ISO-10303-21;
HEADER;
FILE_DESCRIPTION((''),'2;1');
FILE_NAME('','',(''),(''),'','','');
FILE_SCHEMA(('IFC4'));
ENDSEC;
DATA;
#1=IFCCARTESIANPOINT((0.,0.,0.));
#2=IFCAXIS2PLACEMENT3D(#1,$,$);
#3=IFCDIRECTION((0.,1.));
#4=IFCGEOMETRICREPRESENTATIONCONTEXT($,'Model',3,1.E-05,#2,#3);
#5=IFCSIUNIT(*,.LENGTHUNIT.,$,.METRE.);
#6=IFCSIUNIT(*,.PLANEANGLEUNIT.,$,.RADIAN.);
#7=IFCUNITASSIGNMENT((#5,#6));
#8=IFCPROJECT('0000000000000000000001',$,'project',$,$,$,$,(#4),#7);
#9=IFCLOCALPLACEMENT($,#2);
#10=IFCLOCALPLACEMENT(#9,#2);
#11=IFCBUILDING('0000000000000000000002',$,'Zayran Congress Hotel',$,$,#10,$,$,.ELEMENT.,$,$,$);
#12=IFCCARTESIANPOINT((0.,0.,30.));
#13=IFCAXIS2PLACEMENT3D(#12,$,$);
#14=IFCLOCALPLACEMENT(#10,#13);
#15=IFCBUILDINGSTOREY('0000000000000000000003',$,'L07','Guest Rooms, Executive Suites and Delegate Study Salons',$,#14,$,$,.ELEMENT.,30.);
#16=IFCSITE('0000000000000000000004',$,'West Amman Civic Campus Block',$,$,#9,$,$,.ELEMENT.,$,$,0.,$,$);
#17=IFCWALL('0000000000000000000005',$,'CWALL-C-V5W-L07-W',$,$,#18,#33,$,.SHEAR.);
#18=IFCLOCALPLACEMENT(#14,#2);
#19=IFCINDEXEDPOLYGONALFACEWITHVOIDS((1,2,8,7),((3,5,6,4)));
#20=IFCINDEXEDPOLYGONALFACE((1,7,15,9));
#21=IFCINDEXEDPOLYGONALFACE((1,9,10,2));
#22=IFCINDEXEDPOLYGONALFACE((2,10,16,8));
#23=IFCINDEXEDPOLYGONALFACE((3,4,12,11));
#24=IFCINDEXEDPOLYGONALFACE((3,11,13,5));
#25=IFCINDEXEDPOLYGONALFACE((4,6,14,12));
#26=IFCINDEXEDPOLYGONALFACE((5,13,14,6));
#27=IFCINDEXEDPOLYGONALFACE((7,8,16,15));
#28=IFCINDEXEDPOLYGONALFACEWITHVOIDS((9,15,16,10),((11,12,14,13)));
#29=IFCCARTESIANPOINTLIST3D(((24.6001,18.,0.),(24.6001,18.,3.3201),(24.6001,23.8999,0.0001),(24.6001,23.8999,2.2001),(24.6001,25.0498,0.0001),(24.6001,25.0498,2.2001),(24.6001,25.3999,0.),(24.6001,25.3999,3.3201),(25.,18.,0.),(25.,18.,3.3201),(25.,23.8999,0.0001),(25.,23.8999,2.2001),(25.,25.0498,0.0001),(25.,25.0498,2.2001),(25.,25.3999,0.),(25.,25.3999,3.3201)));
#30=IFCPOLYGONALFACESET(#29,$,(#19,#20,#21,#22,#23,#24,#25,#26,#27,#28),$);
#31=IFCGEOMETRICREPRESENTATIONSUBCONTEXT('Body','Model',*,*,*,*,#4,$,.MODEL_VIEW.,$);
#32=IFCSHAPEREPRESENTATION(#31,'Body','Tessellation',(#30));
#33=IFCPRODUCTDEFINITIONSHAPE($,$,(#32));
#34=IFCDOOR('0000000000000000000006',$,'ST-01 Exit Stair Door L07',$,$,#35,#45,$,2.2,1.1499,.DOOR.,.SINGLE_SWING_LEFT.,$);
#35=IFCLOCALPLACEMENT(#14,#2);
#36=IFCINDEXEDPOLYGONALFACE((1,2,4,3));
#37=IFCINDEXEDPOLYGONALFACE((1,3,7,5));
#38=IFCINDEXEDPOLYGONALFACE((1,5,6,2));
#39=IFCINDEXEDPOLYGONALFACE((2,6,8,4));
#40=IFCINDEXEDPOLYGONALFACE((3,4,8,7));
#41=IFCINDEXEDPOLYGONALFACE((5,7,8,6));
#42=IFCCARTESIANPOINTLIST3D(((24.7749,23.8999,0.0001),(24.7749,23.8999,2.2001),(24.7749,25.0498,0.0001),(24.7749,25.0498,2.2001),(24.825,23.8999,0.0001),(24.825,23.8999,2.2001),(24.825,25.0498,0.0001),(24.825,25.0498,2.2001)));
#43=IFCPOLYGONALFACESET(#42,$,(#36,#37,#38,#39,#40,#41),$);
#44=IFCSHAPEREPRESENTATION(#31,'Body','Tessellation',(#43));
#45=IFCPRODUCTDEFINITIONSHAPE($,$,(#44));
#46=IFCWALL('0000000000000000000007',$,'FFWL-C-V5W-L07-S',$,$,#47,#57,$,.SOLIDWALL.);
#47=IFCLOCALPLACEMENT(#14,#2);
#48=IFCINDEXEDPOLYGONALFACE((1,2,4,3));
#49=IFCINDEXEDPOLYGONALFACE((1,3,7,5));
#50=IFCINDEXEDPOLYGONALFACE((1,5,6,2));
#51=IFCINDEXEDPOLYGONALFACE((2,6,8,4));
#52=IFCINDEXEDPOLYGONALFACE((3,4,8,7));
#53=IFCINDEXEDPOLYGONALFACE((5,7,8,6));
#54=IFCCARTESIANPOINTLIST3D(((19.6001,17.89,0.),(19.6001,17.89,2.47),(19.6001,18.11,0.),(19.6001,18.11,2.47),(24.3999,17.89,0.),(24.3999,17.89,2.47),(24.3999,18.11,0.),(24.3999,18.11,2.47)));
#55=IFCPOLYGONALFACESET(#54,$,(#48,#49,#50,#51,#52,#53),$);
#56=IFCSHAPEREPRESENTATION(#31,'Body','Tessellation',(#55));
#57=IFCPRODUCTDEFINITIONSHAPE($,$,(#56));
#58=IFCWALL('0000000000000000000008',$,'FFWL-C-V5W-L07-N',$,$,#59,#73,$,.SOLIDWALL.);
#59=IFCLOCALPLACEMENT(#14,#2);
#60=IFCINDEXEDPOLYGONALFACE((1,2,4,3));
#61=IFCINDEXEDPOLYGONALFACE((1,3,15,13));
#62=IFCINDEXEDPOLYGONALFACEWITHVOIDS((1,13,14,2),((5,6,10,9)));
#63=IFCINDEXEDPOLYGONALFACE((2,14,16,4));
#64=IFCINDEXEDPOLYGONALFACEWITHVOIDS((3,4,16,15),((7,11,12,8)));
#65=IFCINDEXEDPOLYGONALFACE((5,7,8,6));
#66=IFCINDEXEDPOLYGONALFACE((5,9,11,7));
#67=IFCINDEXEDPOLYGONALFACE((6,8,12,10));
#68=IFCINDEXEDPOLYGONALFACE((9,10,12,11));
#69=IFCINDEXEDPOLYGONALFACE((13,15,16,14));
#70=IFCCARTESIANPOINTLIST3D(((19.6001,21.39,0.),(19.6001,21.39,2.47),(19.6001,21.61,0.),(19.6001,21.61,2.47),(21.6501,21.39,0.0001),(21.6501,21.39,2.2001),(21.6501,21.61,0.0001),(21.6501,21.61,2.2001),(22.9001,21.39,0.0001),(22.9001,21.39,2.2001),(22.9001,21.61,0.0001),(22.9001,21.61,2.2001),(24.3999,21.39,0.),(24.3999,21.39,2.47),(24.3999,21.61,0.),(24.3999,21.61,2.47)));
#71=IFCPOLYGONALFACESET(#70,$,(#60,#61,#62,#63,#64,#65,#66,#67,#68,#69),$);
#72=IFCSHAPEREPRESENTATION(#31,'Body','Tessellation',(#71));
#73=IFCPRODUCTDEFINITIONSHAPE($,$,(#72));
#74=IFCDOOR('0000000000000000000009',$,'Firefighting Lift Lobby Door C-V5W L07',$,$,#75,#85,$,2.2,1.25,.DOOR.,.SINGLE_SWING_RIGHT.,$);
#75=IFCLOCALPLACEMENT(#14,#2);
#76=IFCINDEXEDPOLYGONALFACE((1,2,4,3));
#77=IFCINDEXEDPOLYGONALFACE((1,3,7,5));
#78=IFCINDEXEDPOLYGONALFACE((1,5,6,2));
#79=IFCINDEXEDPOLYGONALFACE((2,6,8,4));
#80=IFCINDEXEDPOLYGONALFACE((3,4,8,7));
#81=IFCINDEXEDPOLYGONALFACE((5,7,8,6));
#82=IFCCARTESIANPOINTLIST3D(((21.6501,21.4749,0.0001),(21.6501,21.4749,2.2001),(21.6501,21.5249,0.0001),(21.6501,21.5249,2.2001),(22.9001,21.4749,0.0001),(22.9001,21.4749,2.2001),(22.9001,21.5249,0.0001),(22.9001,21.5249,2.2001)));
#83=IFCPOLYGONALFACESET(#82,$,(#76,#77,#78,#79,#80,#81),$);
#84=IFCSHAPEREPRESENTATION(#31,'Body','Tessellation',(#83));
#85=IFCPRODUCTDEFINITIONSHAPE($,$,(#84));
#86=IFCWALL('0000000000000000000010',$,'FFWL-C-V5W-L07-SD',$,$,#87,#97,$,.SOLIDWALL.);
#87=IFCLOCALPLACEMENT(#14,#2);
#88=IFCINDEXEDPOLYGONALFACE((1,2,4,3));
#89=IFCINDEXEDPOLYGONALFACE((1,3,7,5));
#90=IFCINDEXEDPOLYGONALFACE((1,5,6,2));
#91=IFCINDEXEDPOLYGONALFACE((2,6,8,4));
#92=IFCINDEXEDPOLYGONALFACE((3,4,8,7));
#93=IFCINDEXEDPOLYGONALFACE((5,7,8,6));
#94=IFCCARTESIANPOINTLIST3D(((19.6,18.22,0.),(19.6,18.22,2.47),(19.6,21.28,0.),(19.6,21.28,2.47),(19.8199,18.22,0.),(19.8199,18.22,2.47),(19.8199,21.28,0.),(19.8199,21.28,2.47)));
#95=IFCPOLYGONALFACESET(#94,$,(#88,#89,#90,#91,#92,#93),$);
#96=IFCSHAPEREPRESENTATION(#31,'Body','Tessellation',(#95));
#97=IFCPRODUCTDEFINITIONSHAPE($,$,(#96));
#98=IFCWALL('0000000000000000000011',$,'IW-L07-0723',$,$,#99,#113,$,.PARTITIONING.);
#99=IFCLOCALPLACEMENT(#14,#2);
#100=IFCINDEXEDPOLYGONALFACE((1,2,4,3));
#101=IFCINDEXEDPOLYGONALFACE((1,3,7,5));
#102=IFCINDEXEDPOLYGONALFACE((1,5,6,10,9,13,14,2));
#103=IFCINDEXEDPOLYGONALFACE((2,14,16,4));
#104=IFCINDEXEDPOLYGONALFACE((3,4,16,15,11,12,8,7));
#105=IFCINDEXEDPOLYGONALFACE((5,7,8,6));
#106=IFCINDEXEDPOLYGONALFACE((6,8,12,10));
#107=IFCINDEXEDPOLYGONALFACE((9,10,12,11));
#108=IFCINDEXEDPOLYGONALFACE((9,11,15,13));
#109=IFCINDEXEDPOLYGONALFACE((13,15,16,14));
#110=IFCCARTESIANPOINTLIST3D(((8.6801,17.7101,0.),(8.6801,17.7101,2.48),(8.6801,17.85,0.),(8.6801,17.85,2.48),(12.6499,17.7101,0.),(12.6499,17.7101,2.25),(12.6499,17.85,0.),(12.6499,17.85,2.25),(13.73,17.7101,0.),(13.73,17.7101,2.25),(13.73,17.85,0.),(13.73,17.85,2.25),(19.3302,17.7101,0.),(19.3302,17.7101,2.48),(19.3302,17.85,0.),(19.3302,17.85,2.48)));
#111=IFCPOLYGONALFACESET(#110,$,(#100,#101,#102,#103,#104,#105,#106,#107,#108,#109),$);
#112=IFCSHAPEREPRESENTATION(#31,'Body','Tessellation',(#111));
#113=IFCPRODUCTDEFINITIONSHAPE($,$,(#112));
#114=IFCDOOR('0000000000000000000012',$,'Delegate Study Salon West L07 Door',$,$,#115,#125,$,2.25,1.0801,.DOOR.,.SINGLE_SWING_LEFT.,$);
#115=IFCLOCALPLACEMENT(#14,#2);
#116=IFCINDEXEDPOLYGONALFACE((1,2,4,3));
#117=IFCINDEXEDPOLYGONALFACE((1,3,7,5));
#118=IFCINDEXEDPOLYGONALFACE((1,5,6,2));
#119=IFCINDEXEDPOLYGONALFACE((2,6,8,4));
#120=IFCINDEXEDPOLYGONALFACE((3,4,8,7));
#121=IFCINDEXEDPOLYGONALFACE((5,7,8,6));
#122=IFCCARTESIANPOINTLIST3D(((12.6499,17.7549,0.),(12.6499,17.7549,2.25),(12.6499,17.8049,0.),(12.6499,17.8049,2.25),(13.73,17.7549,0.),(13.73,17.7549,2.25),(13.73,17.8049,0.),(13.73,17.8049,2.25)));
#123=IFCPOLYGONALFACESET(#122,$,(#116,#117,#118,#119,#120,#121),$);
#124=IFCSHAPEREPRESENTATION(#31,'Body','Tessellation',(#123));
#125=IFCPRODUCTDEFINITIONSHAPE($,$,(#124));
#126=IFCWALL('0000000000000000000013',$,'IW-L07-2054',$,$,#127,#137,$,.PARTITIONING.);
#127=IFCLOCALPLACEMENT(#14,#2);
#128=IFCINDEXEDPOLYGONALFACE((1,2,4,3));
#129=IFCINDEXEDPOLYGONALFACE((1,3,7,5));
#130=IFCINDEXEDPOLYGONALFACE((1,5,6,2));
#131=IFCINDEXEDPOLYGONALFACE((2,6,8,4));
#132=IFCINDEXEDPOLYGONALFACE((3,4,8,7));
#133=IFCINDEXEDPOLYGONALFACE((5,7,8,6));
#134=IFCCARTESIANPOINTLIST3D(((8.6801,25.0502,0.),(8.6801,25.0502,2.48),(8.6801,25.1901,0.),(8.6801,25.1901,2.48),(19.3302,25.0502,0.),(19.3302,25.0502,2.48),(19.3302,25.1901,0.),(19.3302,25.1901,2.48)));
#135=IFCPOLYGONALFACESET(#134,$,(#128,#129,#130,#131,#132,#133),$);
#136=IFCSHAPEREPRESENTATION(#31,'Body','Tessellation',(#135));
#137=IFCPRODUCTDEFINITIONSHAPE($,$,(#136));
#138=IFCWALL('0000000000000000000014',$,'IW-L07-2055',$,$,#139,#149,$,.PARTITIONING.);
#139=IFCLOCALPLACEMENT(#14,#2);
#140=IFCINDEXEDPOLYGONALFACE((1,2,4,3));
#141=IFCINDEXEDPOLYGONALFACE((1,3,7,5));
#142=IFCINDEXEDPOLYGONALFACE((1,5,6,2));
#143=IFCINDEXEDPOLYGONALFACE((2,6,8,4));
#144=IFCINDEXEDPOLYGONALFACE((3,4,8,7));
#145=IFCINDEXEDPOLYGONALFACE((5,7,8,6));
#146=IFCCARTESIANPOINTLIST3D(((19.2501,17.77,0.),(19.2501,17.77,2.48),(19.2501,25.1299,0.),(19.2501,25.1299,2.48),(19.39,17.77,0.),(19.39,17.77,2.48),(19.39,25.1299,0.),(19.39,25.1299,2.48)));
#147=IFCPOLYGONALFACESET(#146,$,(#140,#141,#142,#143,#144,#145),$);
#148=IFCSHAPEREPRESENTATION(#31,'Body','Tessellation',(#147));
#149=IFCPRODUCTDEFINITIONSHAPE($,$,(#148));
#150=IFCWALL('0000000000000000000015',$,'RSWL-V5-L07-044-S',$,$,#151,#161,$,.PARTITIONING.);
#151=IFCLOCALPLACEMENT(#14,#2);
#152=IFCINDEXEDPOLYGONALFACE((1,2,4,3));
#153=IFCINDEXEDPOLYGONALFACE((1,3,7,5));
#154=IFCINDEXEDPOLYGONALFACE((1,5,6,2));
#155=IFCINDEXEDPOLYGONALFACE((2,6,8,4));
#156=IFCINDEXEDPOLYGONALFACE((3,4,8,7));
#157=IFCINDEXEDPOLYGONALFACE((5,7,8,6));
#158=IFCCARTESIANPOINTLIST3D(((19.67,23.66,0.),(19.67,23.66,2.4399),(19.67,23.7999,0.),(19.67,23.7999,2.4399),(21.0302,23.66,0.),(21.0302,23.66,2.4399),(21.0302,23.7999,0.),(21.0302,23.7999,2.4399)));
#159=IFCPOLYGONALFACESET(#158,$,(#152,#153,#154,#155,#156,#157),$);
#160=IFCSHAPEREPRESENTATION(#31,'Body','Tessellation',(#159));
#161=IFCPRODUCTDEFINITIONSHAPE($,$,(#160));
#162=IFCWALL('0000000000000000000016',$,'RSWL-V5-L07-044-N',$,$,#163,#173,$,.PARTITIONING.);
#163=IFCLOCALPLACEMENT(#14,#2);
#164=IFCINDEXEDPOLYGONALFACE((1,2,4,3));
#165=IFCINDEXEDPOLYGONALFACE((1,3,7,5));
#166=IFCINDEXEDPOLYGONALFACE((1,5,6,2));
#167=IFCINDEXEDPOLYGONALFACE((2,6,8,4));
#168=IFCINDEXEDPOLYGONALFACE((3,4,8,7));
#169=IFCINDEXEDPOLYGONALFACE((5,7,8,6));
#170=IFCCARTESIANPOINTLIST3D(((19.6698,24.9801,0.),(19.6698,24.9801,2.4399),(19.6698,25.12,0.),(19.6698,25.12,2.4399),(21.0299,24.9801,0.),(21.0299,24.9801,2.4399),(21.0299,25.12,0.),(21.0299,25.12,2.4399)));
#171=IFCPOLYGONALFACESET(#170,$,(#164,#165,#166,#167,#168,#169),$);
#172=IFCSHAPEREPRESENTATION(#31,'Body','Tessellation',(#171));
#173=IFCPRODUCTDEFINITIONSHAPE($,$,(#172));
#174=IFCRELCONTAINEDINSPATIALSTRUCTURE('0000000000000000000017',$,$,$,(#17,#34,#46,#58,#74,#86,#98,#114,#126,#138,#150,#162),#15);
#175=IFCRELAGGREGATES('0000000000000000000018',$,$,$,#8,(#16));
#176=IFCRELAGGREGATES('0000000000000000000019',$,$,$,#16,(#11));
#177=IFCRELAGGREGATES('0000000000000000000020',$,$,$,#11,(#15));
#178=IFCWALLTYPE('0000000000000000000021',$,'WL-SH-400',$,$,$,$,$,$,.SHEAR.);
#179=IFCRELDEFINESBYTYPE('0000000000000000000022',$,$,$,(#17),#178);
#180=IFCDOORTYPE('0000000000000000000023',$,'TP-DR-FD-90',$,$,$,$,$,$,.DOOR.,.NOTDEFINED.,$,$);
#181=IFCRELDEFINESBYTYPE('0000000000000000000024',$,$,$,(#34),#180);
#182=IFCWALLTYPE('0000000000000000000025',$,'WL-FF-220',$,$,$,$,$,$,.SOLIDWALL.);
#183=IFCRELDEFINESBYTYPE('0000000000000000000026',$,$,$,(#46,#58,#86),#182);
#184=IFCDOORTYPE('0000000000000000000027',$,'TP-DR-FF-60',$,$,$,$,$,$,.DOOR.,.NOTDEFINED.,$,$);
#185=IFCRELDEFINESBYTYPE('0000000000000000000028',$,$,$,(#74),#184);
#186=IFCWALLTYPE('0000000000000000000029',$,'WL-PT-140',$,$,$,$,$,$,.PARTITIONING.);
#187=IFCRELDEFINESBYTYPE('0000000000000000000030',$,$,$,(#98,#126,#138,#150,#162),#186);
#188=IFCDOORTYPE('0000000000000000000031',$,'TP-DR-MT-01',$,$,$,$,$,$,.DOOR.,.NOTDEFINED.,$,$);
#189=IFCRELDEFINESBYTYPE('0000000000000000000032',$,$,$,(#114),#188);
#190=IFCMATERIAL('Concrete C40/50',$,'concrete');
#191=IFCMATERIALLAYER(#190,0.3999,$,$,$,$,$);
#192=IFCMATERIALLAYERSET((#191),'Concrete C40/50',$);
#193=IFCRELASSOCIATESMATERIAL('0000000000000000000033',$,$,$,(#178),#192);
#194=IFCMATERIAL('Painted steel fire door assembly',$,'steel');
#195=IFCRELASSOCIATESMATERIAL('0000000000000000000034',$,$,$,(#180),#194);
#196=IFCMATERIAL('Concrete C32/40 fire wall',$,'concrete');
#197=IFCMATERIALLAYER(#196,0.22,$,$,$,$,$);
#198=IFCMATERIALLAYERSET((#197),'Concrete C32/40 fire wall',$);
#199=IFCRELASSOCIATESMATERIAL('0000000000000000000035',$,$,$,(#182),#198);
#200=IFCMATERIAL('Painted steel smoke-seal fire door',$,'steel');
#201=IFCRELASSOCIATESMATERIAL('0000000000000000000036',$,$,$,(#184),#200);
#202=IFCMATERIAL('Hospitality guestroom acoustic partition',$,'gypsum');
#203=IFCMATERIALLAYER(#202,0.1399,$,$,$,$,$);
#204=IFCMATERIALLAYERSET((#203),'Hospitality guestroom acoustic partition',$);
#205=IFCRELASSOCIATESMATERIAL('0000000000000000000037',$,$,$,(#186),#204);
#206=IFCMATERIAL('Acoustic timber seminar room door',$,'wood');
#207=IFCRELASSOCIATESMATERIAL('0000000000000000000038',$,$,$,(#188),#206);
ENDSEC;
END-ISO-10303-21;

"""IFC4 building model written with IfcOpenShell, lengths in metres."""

from ifc_helpers import new_model, si_unit, direction, frame, frame_2d, origin, place, context, subcontext, project, spatial, rectangle, extrude, material, layer, layer_set, type_object, element, fill, save


model = new_model("IFC4")

# Units and contexts
model_context = context("Model", 3, precision=1e-05, world=origin(), true_north=direction((0.0, 1.0)))
body_context = subcontext(model_context, "Body", "Model", "MODEL_VIEW")
ifc_project = project(units=[si_unit("LENGTHUNIT", "METRE"), si_unit("PLANEANGLEUNIT", "RADIAN")], contexts=[model_context])

# Site, building, storey
site_placement = place(None, origin())
site = spatial("IfcSite", under=ifc_project, at=site_placement, Name="West Amman Civic Campus Block", CompositionType="ELEMENT", RefElevation=0.0)
building_placement = place(site_placement, origin())
building = spatial("IfcBuilding", under=site, at=building_placement, Name="Zayran Congress Hotel", CompositionType="ELEMENT")
storey_placement = place(building_placement, frame((0.0, 0.0, 30.0)))
storey = spatial("IfcBuildingStorey", under=building, at=storey_placement, Name="L07", Description="Guest Rooms, Executive Suites and Delegate Study Salons", CompositionType="ELEMENT", Elevation=30.0)

# Shared definitions
ifc_material_1 = material(Name="Concrete C40/50", Category="concrete")

# Shared definitions
ifc_layer_1 = layer(ifc_material_1, 0.3999)
ifc_layer_set_1 = layer_set([ifc_layer_1], Name="Concrete C40/50")
wall_type_1 = type_object("IfcWallType", Name="WL-SH-400", PredefinedType="SHEAR", material=ifc_layer_set_1)

# Wall, opening, door
wall_1_placement = place(storey_placement, frame((24.8, 25.3999, 0.0), z_axis=(0.0, 0.0, 1.0), x_axis=(0.0, -1.0, 0.0)))
wall_1 = element("IfcWall", 1, at=wall_1_placement, inside=storey, type_object=wall_type_1, Name="CWALL-C-V5W-L07-W", PredefinedType="SHEAR", context=body_context, shape_type="SweptSolid", body=[
    extrude(rectangle(XDim=7.3999, YDim=0.3999, at=frame_2d((3.7, 0.0))), origin(), (0.0, 0.0, 1.0), 3.3201),
])
opening_1_placement = place(wall_1_placement, frame((0.3501, 0.0, 0.0)))
opening_1 = element("IfcOpeningElement", 2, at=opening_1_placement, cuts=wall_1, PredefinedType="OPENING", context=body_context, shape_type="SweptSolid", body=[
    extrude(rectangle(XDim=1.1499, YDim=2.2, at=frame_2d((0.575, 1.1001))), frame((0.0, 0.21, 0.0), z_axis=(0.0, -1.0, 0.0), x_axis=(1.0, 0.0, 0.0)), (0.0, 0.0, 1.0), 0.4199),
])
ifc_material_2 = material(Name="Painted steel fire door assembly", Category="steel")
door_type_1 = type_object("IfcDoorType", Name="TP-DR-FD-90", OperationType="NOTDEFINED", PredefinedType="DOOR", material=ifc_material_2)
door_1_placement = place(opening_1_placement, origin())
door_1 = element("IfcDoor", 3, at=door_1_placement, inside=storey, type_object=door_type_1, Name="ST-01 Exit Stair Door L07", OperationType="SINGLE_SWING_LEFT", OverallHeight=2.2, OverallWidth=1.1499, PredefinedType="DOOR", context=body_context, shape_type="SweptSolid", body=[
    extrude(rectangle(XDim=1.1499, YDim=2.2, at=frame_2d((0.575, 1.1001))), frame((0.0, 0.0249, 0.0), z_axis=(0.0, -1.0, 0.0), x_axis=(1.0, 0.0, 0.0)), (0.0, 0.0, 1.0), 0.05),
])
fill(opening_1, door_1)

# Wall
ifc_material_3 = material(Name="Concrete C32/40 fire wall", Category="concrete")
ifc_layer_2 = layer(ifc_material_3, 0.22)
ifc_layer_set_2 = layer_set([ifc_layer_2], Name="Concrete C32/40 fire wall")
wall_type_2 = type_object("IfcWallType", Name="WL-FF-220", PredefinedType="SOLIDWALL", material=ifc_layer_set_2)
wall_2_placement = place(storey_placement, frame((19.6001, 18.0, 0.0), z_axis=(0.0, 0.0, 1.0), x_axis=(1.0, 0.0, 0.0)))
element("IfcWall", 4, at=wall_2_placement, inside=storey, type_object=wall_type_2, Name="FFWL-C-V5W-L07-S", PredefinedType="SOLIDWALL", context=body_context, shape_type="SweptSolid", body=[
    extrude(rectangle(XDim=4.7998, YDim=0.22, at=frame_2d((2.3999, 0.0))), origin(), (0.0, 0.0, 1.0), 2.47),
])

# Wall, opening, door
wall_3_placement = place(storey_placement, frame((19.6001, 21.5, 0.0), z_axis=(0.0, 0.0, 1.0), x_axis=(1.0, 0.0, 0.0)))
wall_3 = element("IfcWall", 5, at=wall_3_placement, inside=storey, type_object=wall_type_2, Name="FFWL-C-V5W-L07-N", PredefinedType="SOLIDWALL", context=body_context, shape_type="SweptSolid", body=[
    extrude(rectangle(XDim=4.7998, YDim=0.22, at=frame_2d((2.3999, 0.0))), origin(), (0.0, 0.0, 1.0), 2.47),
])
opening_2_placement = place(wall_3_placement, frame((2.05, 0.0, 0.0)))
opening_2 = element("IfcOpeningElement", 6, at=opening_2_placement, cuts=wall_3, PredefinedType="OPENING", context=body_context, shape_type="SweptSolid", body=[
    extrude(rectangle(XDim=1.25, YDim=2.2, at=frame_2d((0.625, 1.1001))), frame((0.0, 0.1199, 0.0), z_axis=(0.0, -1.0, 0.0), x_axis=(1.0, 0.0, 0.0)), (0.0, 0.0, 1.0), 0.24),
])
ifc_material_4 = material(Name="Painted steel smoke-seal fire door", Category="steel")
door_type_2 = type_object("IfcDoorType", Name="TP-DR-FF-60", OperationType="NOTDEFINED", PredefinedType="DOOR", material=ifc_material_4)
door_2_placement = place(opening_2_placement, origin())
door_2 = element("IfcDoor", 7, at=door_2_placement, inside=storey, type_object=door_type_2, Name="Firefighting Lift Lobby Door C-V5W L07", OperationType="SINGLE_SWING_RIGHT", OverallHeight=2.2, OverallWidth=1.25, PredefinedType="DOOR", context=body_context, shape_type="SweptSolid", body=[
    extrude(rectangle(XDim=1.25, YDim=2.2, at=frame_2d((0.625, 1.1001))), frame((0.0, 0.0249, 0.0), z_axis=(0.0, -1.0, 0.0), x_axis=(1.0, 0.0, 0.0)), (0.0, 0.0, 1.0), 0.05),
])
fill(opening_2, door_2)

# Wall
wall_4_placement = place(storey_placement, frame((19.71, 18.22, 0.0), z_axis=(0.0, 0.0, 1.0), x_axis=(0.0, 1.0, 0.0)))
element("IfcWall", 8, at=wall_4_placement, inside=storey, type_object=wall_type_2, Name="FFWL-C-V5W-L07-SD", PredefinedType="SOLIDWALL", context=body_context, shape_type="SweptSolid", body=[
    extrude(rectangle(XDim=3.0601, YDim=0.22, at=frame_2d((1.53, 0.0))), origin(), (0.0, 0.0, 1.0), 2.47),
])

# Wall, opening, door
ifc_material_5 = material(Name="Hospitality guestroom acoustic partition", Category="gypsum")
ifc_layer_3 = layer(ifc_material_5, 0.1399)
ifc_layer_set_3 = layer_set([ifc_layer_3], Name="Hospitality guestroom acoustic partition")
wall_type_3 = type_object("IfcWallType", Name="WL-PT-140", PredefinedType="PARTITIONING", material=ifc_layer_set_3)
wall_5_placement = place(storey_placement, frame((8.6799, 17.78, 0.0), z_axis=(0.0, 0.0, 1.0), x_axis=(1.0, 0.0, 0.0)))
wall_5 = element("IfcWall", 9, at=wall_5_placement, inside=storey, type_object=wall_type_3, Name="IW-L07-0723", PredefinedType="PARTITIONING", context=body_context, shape_type="SweptSolid", body=[
    extrude(rectangle(XDim=10.6501, YDim=0.1399, at=frame_2d((5.3252, 0.0))), origin(), (0.0, 0.0, 1.0), 2.48),
])
opening_3_placement = place(wall_5_placement, frame((3.97, 0.0, 0.0)))
opening_3 = element("IfcOpeningElement", 10, at=opening_3_placement, cuts=wall_5, PredefinedType="OPENING", context=body_context, shape_type="SweptSolid", body=[
    extrude(rectangle(XDim=1.0801, YDim=2.25, at=frame_2d((0.54, 1.125))), frame((0.0, 0.0798, 0.0), z_axis=(0.0, -1.0, 0.0), x_axis=(1.0, 0.0, 0.0)), (0.0, 0.0, 1.0), 0.1599),
])
ifc_material_6 = material(Name="Acoustic timber seminar room door", Category="wood")
door_type_3 = type_object("IfcDoorType", Name="TP-DR-MT-01", OperationType="NOTDEFINED", PredefinedType="DOOR", material=ifc_material_6)
door_3_placement = place(opening_3_placement, origin())
door_3 = element("IfcDoor", 11, at=door_3_placement, inside=storey, type_object=door_type_3, Name="Delegate Study Salon West L07 Door", OperationType="SINGLE_SWING_LEFT", OverallHeight=2.25, OverallWidth=1.0801, PredefinedType="DOOR", context=body_context, shape_type="SweptSolid", body=[
    extrude(rectangle(XDim=1.0801, YDim=2.25, at=frame_2d((0.54, 1.125))), frame((0.0, 0.0249, 0.0), z_axis=(0.0, -1.0, 0.0), x_axis=(1.0, 0.0, 0.0)), (0.0, 0.0, 1.0), 0.05),
])
fill(opening_3, door_3)

# Walls
wall_6_placement = place(storey_placement, frame((8.6799, 25.1201, 0.0), z_axis=(0.0, 0.0, 1.0), x_axis=(1.0, 0.0, 0.0)))
element("IfcWall", 12, at=wall_6_placement, inside=storey, type_object=wall_type_3, Name="IW-L07-2054", PredefinedType="PARTITIONING", context=body_context, shape_type="SweptSolid", body=[
    extrude(rectangle(XDim=10.6501, YDim=0.1399, at=frame_2d((5.3252, 0.0))), origin(), (0.0, 0.0, 1.0), 2.48),
])
wall_7_placement = place(storey_placement, frame((19.3201, 17.77, 0.0), z_axis=(0.0, 0.0, 1.0), x_axis=(0.0, 1.0, 0.0)))
element("IfcWall", 13, at=wall_7_placement, inside=storey, type_object=wall_type_3, Name="IW-L07-2055", PredefinedType="PARTITIONING", context=body_context, shape_type="SweptSolid", body=[
    extrude(rectangle(XDim=7.3599, YDim=0.1399, at=frame_2d((3.6799, 0.0))), origin(), (0.0, 0.0, 1.0), 2.48),
])
for number, where, z_axis, x_axis, name in (
    (14, (19.6699, 23.73, 0.0), (0.0, 0.0, 1.0), (1.0, 0.0, 0.0), "RSWL-V5-L07-044-S"),
    (15, (21.03, 25.05, 0.0), (0.0, 0.0, 1.0), (-1.0, 0.0, 0.0), "RSWL-V5-L07-044-N"),
):
    element("IfcWall", number, at=place(storey_placement, frame(where, z_axis=z_axis, x_axis=x_axis)), inside=storey, type_object=wall_type_3, Name=name, PredefinedType="PARTITIONING", context=body_context, shape_type="SweptSolid", body=[
        extrude(rectangle(XDim=1.3601, YDim=0.1399, at=frame_2d((0.6802, 0.0))), origin(), (0.0, 0.0, 1.0), 2.4399),
    ])

save(model, "model.ifc")
